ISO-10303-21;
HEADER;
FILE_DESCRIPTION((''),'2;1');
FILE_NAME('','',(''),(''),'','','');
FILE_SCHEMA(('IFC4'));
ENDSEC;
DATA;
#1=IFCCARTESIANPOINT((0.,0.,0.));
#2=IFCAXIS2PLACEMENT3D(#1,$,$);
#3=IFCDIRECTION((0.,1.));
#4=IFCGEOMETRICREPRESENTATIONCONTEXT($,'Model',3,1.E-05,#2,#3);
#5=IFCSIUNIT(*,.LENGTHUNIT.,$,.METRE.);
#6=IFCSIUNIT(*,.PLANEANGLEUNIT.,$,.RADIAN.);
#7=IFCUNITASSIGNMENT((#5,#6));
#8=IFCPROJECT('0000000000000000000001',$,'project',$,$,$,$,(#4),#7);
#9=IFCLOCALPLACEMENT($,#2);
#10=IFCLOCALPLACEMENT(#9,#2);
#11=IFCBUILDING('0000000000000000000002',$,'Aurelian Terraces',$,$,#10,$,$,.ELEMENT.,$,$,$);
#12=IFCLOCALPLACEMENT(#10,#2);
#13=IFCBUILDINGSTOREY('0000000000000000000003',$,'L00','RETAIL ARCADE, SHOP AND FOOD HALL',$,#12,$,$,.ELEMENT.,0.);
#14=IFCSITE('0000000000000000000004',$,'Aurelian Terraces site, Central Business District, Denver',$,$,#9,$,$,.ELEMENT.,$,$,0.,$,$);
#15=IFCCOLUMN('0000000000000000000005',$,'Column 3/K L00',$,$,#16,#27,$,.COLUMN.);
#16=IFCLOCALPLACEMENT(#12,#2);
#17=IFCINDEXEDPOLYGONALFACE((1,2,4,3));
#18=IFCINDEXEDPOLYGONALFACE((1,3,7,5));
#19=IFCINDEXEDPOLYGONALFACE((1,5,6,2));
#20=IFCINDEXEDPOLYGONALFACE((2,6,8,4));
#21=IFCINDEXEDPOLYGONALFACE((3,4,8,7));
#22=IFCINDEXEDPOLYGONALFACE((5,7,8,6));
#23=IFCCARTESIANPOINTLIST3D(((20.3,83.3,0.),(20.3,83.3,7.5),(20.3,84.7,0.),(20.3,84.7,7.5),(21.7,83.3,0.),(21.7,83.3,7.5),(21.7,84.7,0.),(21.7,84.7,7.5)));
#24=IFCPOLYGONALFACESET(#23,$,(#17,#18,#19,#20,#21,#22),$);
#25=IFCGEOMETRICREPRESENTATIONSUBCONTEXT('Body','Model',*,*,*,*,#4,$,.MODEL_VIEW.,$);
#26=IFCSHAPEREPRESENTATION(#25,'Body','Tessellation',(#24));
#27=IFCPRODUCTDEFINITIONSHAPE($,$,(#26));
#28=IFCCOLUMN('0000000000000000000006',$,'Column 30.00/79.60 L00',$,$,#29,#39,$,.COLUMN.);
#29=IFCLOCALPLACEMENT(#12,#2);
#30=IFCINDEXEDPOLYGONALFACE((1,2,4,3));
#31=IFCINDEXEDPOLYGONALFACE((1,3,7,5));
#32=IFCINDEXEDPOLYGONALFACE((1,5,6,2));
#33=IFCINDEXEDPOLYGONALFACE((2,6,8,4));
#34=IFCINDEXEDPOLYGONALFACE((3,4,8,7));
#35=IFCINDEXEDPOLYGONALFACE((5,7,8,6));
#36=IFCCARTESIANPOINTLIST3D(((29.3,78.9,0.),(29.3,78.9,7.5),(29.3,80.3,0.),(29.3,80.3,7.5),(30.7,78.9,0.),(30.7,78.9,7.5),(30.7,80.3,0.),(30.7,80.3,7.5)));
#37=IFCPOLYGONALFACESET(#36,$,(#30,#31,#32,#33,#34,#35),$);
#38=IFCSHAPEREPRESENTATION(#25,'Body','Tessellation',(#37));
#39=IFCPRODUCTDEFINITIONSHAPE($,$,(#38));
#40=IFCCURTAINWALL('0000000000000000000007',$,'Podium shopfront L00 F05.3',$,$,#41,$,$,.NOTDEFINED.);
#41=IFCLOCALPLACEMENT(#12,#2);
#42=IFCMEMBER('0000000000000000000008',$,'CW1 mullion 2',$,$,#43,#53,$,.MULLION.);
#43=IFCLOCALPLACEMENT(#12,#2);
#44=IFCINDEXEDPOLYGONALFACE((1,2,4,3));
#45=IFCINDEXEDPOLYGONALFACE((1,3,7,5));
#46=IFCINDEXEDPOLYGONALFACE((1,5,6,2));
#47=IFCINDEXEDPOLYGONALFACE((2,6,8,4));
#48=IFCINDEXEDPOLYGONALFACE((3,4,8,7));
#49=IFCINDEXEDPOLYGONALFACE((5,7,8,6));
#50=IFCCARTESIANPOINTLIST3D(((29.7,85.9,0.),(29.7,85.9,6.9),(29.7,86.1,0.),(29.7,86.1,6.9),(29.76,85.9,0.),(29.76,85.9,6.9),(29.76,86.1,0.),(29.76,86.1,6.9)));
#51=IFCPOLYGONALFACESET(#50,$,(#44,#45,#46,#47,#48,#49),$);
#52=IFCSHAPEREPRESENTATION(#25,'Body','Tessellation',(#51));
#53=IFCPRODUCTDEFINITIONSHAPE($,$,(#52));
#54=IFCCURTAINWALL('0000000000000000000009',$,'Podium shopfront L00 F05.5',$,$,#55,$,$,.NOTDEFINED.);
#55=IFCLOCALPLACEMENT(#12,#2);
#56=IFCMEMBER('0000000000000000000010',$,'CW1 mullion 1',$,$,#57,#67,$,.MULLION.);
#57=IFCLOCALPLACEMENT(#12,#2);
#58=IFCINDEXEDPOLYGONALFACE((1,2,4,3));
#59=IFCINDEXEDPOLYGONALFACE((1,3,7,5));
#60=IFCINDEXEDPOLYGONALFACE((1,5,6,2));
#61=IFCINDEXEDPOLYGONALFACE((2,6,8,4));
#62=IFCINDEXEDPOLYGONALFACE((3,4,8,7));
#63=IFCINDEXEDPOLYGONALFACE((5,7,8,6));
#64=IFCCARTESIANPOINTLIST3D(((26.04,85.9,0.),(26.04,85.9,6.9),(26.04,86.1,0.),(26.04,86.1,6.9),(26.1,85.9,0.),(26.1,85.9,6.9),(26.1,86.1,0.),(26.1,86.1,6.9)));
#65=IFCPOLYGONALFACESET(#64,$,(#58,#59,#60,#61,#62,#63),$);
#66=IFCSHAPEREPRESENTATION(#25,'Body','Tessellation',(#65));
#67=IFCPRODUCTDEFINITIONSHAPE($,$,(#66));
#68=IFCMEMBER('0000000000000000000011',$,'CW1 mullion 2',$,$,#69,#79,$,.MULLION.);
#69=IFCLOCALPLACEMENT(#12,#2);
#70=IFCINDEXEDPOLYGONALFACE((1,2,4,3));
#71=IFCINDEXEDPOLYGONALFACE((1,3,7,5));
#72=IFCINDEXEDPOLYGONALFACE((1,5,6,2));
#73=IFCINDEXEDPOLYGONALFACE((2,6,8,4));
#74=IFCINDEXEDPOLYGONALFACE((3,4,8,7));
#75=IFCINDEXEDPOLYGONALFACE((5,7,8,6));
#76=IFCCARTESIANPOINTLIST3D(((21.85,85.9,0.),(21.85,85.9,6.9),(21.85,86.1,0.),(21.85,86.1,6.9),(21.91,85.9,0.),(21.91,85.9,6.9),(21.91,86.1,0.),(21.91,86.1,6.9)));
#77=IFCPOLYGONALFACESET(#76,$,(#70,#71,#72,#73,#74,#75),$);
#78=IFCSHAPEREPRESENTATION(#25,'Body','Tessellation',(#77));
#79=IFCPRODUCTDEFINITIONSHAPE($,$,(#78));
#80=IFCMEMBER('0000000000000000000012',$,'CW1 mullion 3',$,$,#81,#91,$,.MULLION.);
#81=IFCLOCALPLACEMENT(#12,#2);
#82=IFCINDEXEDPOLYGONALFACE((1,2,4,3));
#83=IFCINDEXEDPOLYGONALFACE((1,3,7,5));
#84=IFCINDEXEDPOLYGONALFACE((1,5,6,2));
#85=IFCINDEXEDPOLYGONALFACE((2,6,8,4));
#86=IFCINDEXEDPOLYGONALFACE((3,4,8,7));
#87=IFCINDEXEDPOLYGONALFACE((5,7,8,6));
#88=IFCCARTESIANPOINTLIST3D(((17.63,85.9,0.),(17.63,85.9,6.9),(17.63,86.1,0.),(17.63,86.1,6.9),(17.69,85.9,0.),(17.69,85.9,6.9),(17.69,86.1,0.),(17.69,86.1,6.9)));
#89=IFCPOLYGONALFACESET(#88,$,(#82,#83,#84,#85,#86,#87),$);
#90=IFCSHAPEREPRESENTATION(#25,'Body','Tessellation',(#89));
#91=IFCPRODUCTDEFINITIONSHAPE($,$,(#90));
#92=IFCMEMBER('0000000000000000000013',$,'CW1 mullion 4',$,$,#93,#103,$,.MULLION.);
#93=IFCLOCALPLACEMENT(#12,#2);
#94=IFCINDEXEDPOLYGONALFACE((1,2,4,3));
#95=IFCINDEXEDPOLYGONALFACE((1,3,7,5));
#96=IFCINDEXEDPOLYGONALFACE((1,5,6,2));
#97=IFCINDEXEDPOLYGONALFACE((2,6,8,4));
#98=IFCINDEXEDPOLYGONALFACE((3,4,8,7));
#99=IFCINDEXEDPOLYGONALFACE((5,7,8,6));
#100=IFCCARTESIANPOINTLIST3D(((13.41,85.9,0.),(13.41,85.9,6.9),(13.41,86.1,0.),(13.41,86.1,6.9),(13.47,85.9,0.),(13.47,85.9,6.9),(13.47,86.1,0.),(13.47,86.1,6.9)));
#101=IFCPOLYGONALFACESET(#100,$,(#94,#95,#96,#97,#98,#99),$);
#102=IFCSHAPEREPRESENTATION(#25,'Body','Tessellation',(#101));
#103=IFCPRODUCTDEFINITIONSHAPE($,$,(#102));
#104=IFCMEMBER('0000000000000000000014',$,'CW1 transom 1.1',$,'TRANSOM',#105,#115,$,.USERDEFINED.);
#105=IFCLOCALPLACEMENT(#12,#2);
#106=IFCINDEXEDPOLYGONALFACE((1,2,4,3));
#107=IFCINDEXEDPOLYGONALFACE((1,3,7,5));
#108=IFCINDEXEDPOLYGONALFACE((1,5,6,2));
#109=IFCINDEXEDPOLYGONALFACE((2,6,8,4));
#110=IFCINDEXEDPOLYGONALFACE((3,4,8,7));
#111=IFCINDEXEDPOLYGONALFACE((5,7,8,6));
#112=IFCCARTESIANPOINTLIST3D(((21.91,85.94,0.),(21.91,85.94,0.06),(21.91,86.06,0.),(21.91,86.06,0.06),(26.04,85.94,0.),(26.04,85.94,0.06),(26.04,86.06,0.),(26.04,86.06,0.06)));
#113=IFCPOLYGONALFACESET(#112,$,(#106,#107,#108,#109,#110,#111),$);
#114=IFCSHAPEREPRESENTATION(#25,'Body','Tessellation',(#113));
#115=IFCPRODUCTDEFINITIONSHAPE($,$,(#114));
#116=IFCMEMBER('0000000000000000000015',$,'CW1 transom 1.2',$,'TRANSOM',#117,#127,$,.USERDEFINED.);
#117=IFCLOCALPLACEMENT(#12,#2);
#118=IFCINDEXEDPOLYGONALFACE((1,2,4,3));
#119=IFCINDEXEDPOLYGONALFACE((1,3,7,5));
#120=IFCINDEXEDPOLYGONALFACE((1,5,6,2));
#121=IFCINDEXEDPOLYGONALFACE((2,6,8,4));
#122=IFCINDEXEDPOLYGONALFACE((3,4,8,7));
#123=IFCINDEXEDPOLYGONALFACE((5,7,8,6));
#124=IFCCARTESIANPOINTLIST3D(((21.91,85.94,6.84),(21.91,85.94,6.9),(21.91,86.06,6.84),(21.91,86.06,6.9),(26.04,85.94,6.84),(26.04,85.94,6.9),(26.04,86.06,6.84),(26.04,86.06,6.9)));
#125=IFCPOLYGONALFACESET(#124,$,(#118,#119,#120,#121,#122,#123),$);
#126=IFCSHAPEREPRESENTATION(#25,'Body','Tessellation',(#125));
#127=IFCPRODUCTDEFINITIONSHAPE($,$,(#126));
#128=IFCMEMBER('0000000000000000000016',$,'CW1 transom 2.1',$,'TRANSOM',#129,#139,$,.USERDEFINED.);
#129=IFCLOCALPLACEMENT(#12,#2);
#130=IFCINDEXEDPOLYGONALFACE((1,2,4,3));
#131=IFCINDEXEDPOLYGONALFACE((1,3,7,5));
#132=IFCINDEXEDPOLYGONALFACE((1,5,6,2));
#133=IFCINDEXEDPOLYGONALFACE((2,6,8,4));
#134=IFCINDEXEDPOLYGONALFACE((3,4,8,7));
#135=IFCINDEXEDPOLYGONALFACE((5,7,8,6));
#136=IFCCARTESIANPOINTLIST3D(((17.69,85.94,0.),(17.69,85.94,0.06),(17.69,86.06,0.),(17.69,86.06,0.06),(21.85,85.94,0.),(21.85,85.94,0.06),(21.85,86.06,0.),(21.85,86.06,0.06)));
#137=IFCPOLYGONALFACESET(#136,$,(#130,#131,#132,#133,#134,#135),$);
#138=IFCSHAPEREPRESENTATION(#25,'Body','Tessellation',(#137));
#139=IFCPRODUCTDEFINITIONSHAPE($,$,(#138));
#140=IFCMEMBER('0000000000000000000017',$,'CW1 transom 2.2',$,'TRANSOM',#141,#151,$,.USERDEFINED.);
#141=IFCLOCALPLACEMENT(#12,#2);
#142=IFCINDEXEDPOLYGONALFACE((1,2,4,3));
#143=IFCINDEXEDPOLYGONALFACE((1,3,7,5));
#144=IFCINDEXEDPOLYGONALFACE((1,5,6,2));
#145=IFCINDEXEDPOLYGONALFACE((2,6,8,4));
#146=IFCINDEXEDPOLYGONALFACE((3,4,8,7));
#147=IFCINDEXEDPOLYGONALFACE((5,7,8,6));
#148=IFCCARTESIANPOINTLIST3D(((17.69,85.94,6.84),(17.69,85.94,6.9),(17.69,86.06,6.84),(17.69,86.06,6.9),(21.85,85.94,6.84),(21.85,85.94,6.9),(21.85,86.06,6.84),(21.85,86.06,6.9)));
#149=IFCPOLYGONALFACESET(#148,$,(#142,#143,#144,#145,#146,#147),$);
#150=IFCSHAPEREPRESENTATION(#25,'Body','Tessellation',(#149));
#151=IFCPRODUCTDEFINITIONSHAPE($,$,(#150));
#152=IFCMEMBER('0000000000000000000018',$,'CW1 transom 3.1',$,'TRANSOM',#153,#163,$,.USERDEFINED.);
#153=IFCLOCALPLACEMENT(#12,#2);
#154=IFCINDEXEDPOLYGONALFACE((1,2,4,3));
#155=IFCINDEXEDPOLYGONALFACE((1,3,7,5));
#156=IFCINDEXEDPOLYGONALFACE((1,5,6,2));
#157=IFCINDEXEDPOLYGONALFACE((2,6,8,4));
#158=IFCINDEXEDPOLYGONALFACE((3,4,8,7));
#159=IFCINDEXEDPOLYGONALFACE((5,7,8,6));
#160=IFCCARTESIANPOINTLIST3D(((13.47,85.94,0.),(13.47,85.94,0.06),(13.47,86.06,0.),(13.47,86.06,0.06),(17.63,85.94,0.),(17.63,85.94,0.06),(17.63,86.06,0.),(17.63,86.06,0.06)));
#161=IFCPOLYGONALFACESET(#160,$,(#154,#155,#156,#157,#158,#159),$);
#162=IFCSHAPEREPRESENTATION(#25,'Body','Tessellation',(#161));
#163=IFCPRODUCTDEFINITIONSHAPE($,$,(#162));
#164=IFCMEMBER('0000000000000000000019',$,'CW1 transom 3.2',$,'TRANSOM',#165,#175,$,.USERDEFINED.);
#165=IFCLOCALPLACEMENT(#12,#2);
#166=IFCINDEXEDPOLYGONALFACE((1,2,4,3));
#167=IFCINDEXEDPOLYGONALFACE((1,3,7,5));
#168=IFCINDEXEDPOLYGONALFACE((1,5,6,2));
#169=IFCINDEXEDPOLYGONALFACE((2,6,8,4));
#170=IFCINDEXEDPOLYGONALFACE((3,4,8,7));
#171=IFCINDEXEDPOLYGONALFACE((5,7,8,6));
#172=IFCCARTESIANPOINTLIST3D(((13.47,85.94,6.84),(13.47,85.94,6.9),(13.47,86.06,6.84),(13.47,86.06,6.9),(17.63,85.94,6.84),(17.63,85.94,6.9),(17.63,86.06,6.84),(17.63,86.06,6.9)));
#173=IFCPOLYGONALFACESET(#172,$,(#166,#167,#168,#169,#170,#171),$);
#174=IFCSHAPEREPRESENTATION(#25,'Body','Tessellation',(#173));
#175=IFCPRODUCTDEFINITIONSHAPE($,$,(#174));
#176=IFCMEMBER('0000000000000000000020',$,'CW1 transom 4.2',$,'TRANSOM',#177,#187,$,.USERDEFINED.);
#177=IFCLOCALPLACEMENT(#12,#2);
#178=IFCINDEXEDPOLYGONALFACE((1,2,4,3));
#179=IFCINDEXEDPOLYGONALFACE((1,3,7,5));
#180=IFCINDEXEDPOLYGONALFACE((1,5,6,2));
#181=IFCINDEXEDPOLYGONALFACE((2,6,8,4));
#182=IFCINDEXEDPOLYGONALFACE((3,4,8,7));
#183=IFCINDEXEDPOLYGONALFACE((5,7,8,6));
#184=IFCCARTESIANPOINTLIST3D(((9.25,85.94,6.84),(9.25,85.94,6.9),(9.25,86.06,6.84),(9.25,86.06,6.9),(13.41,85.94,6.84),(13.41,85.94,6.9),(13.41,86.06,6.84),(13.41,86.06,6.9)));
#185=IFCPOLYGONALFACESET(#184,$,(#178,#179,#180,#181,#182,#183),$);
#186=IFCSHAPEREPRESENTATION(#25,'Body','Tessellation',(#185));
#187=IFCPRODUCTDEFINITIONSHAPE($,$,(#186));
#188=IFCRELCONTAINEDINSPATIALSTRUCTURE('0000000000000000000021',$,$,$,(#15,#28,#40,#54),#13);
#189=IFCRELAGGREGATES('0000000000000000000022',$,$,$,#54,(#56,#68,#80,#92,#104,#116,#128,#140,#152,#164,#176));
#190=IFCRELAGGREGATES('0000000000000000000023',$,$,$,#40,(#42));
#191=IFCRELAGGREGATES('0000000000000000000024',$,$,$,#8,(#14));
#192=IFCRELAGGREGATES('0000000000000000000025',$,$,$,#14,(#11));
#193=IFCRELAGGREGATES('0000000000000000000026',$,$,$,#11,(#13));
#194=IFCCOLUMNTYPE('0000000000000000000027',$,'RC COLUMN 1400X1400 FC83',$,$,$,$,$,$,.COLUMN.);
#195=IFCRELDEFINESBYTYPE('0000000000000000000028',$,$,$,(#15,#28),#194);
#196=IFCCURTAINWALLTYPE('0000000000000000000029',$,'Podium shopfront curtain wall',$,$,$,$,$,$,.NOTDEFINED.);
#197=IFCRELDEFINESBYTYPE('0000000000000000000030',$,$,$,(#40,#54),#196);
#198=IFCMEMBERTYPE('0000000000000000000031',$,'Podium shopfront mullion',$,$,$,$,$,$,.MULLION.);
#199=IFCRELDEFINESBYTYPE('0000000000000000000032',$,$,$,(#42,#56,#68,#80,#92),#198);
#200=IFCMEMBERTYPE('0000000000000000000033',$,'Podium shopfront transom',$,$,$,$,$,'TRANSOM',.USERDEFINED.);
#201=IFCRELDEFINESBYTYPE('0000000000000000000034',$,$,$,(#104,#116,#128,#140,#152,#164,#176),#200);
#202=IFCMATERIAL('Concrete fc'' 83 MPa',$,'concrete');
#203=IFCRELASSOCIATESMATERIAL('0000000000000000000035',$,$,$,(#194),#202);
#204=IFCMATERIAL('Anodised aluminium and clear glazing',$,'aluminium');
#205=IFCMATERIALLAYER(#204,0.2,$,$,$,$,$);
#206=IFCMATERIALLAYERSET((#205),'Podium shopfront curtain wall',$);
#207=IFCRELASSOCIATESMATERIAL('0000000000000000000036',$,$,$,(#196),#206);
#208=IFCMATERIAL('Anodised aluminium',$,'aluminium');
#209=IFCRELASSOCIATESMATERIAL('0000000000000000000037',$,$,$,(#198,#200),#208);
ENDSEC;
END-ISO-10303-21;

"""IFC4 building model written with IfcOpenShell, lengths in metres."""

from ifc_helpers import new_model, si_unit, direction, frame, origin, origin_2d, place, context, subcontext, project, spatial, rectangle, extrude, source, transform, mapped, material, layer, layer_set, material_profile, profile_set, type_object, element, aggregate, save


model = new_model("IFC4")

# Units and contexts
model_context = context("Model", 3, precision=1e-05, world=origin(), true_north=direction((0.0, 1.0)))
body_context = subcontext(model_context, "Body", "Model", "MODEL_VIEW")
ifc_project = project(units=[si_unit("LENGTHUNIT", "METRE"), si_unit("PLANEANGLEUNIT", "RADIAN")], contexts=[model_context])

# Site, building, storey
site_placement = place(None, origin())
site = spatial("IfcSite", under=ifc_project, at=site_placement, Name="Aurelian Terraces site, Central Business District, Denver", CompositionType="ELEMENT", RefElevation=0.0)
building_placement = place(site_placement, origin())
building = spatial("IfcBuilding", under=site, at=building_placement, Name="Aurelian Terraces", CompositionType="ELEMENT")
storey_placement = place(building_placement, origin())
storey = spatial("IfcBuildingStorey", under=building, at=storey_placement, Name="L00", Description="RETAIL ARCADE, SHOP AND FOOD HALL", CompositionType="ELEMENT", Elevation=0.0)

# Columns
ifc_material_1 = material(Name="Concrete fc' 83 MPa", Category="concrete")
ifc_material_profile_1 = material_profile(ifc_material_1, rectangle(XDim=1.4, YDim=1.4, at=origin_2d()))
ifc_profile_set_1 = profile_set([ifc_material_profile_1], Name="Concrete fc' 83 MPa")
column_type = type_object("IfcColumnType", Name="RC COLUMN 1400X1400 FC83", PredefinedType="COLUMN", material=ifc_profile_set_1)
shared_shape_1 = source(origin(), body_context, "Body", "SweptSolid", [
    extrude(rectangle(XDim=1.4, YDim=1.4, at=origin_2d()), origin(), (0.0, 0.0, 1.0), 7.5),
])
for number, where, z_axis, x_axis, name in (
    (1, (21.0, 84.0, 0.0), (0.0, 0.0, 1.0), (1.0, 0.0, 0.0), "Column 3/K L00"),
    (2, (30.0, 79.6, 0.0), (0.0, 0.0, 1.0), (1.0, 0.0, 0.0), "Column 30.00/79.60 L00"),
):
    element("IfcColumn", number, at=place(storey_placement, frame(where, z_axis=z_axis, x_axis=x_axis)), inside=storey, type_object=column_type, Name=name, PredefinedType="COLUMN", context=body_context, shape_type="MappedRepresentation", body=[
        mapped(shared_shape_1, transform((0.0, 0.0, 0.0), scale=1.0)),
    ])

# Curtain wall, member
ifc_material_2 = material(Name="Anodised aluminium and clear glazing", Category="aluminium")
ifc_layer_1 = layer(ifc_material_2, 0.2)
ifc_layer_set_1 = layer_set([ifc_layer_1], Name="Podium shopfront curtain wall")
curtain_wall_type = type_object("IfcCurtainWallType", Name="Podium shopfront curtain wall", PredefinedType="NOTDEFINED", material=ifc_layer_set_1)
curtain_wall_1_placement = place(storey_placement, origin())
curtain_wall_1 = element("IfcCurtainWall", 3, at=curtain_wall_1_placement, inside=storey, type_object=curtain_wall_type, Name="Podium shopfront L00 F05.3", PredefinedType="NOTDEFINED")
ifc_material_3 = material(Name="Anodised aluminium", Category="aluminium")
ifc_material_profile_2 = material_profile(ifc_material_3, rectangle(XDim=0.2, YDim=0.06, at=origin_2d()))
ifc_profile_set_2 = profile_set([ifc_material_profile_2], Name="Anodised aluminium")
member_type_1 = type_object("IfcMemberType", Name="Podium shopfront mullion", PredefinedType="MULLION", material=ifc_profile_set_2)
shared_shape_2 = source(origin(), body_context, "Body", "SweptSolid", [
    extrude(rectangle(XDim=0.2, YDim=0.06, at=origin_2d()), origin(), (0.0, 0.0, 1.0), 6.9),
])
member_1_placement = place(storey_placement, frame((29.73, 86.0, 0.0), z_axis=(0.0, 0.0, 1.0), x_axis=(0.0, -1.0, 0.0)))
member_1 = element("IfcMember", 4, at=member_1_placement, type_object=member_type_1, Name="CW1 mullion 2", PredefinedType="MULLION", context=body_context, shape_type="MappedRepresentation", body=[
    mapped(shared_shape_2, transform((0.0, 0.0, 0.0), scale=1.0)),
])

# Curtain wall, members
curtain_wall_2_placement = place(storey_placement, origin())
curtain_wall_2 = element("IfcCurtainWall", 5, at=curtain_wall_2_placement, inside=storey, type_object=curtain_wall_type, Name="Podium shopfront L00 F05.5", PredefinedType="NOTDEFINED")
member_2_placement = place(storey_placement, frame((26.07, 86.0, 0.0), z_axis=(0.0, 0.0, 1.0), x_axis=(0.0, -1.0, 0.0)))
member_2 = element("IfcMember", 6, at=member_2_placement, type_object=member_type_1, Name="CW1 mullion 1", PredefinedType="MULLION", context=body_context, shape_type="MappedRepresentation", body=[
    mapped(shared_shape_2, transform((0.0, 0.0, 0.0), scale=1.0)),
])
member_3_placement = place(storey_placement, frame((21.88, 86.0, 0.0), z_axis=(0.0, 0.0, 1.0), x_axis=(0.0, -1.0, 0.0)))
member_3 = element("IfcMember", 7, at=member_3_placement, type_object=member_type_1, Name="CW1 mullion 2", PredefinedType="MULLION", context=body_context, shape_type="MappedRepresentation", body=[
    mapped(shared_shape_2, transform((0.0, 0.0, 0.0), scale=1.0)),
])
member_4_placement = place(storey_placement, frame((17.66, 86.0, 0.0), z_axis=(0.0, 0.0, 1.0), x_axis=(0.0, -1.0, 0.0)))
member_4 = element("IfcMember", 8, at=member_4_placement, type_object=member_type_1, Name="CW1 mullion 3", PredefinedType="MULLION", context=body_context, shape_type="MappedRepresentation", body=[
    mapped(shared_shape_2, transform((0.0, 0.0, 0.0), scale=1.0)),
])
member_5_placement = place(storey_placement, frame((13.44, 86.0, 0.0), z_axis=(0.0, 0.0, 1.0), x_axis=(0.0, -1.0, 0.0)))
member_5 = element("IfcMember", 9, at=member_5_placement, type_object=member_type_1, Name="CW1 mullion 4", PredefinedType="MULLION", context=body_context, shape_type="MappedRepresentation", body=[
    mapped(shared_shape_2, transform((0.0, 0.0, 0.0), scale=1.0)),
])
ifc_material_profile_3 = material_profile(ifc_material_3, rectangle(XDim=0.12, YDim=0.06, at=origin_2d()))
ifc_profile_set_3 = profile_set([ifc_material_profile_3], Name="Anodised aluminium")
member_type_2 = type_object("IfcMemberType", Name="Podium shopfront transom", ElementType="TRANSOM", PredefinedType="USERDEFINED", material=ifc_profile_set_3)
shared_shape_3 = source(origin(), body_context, "Body", "SweptSolid", [
    extrude(rectangle(XDim=0.12, YDim=0.06, at=origin_2d()), origin(), (0.0, 0.0, 1.0), 4.13),
])
member_6_placement = place(storey_placement, frame((26.04, 86.0, 0.03), z_axis=(-1.0, 0.0, 0.0), x_axis=(0.0, -1.0, 0.0)))
member_6 = element("IfcMember", 10, at=member_6_placement, type_object=member_type_2, Name="CW1 transom 1.1", ObjectType="TRANSOM", PredefinedType="USERDEFINED", context=body_context, shape_type="MappedRepresentation", body=[
    mapped(shared_shape_3, transform((0.0, 0.0, 0.0), scale=1.0)),
])
member_7_placement = place(storey_placement, frame((26.04, 86.0, 6.87), z_axis=(-1.0, 0.0, 0.0), x_axis=(0.0, -1.0, 0.0)))
member_7 = element("IfcMember", 11, at=member_7_placement, type_object=member_type_2, Name="CW1 transom 1.2", ObjectType="TRANSOM", PredefinedType="USERDEFINED", context=body_context, shape_type="MappedRepresentation", body=[
    mapped(shared_shape_3, transform((0.0, 0.0, 0.0), scale=1.0)),
])
shared_shape_4 = source(origin(), body_context, "Body", "SweptSolid", [
    extrude(rectangle(XDim=0.12, YDim=0.06, at=origin_2d()), origin(), (0.0, 0.0, 1.0), 4.16),
])
member_8_placement = place(storey_placement, frame((21.85, 86.0, 0.03), z_axis=(-1.0, 0.0, 0.0), x_axis=(0.0, -1.0, 0.0)))
member_8 = element("IfcMember", 12, at=member_8_placement, type_object=member_type_2, Name="CW1 transom 2.1", ObjectType="TRANSOM", PredefinedType="USERDEFINED", context=body_context, shape_type="MappedRepresentation", body=[
    mapped(shared_shape_4, transform((0.0, 0.0, 0.0), scale=1.0)),
])
member_9_placement = place(storey_placement, frame((21.85, 86.0, 6.87), z_axis=(-1.0, 0.0, 0.0), x_axis=(0.0, -1.0, 0.0)))
member_9 = element("IfcMember", 13, at=member_9_placement, type_object=member_type_2, Name="CW1 transom 2.2", ObjectType="TRANSOM", PredefinedType="USERDEFINED", context=body_context, shape_type="MappedRepresentation", body=[
    mapped(shared_shape_4, transform((0.0, 0.0, 0.0), scale=1.0)),
])
member_10_placement = place(storey_placement, frame((17.63, 86.0, 0.03), z_axis=(-1.0, 0.0, 0.0), x_axis=(0.0, -1.0, 0.0)))
member_10 = element("IfcMember", 14, at=member_10_placement, type_object=member_type_2, Name="CW1 transom 3.1", ObjectType="TRANSOM", PredefinedType="USERDEFINED", context=body_context, shape_type="MappedRepresentation", body=[
    mapped(shared_shape_4, transform((0.0, 0.0, 0.0), scale=1.0)),
])
member_11_placement = place(storey_placement, frame((17.63, 86.0, 6.87), z_axis=(-1.0, 0.0, 0.0), x_axis=(0.0, -1.0, 0.0)))
member_11 = element("IfcMember", 15, at=member_11_placement, type_object=member_type_2, Name="CW1 transom 3.2", ObjectType="TRANSOM", PredefinedType="USERDEFINED", context=body_context, shape_type="MappedRepresentation", body=[
    mapped(shared_shape_4, transform((0.0, 0.0, 0.0), scale=1.0)),
])
member_12_placement = place(storey_placement, frame((13.41, 86.0, 6.87), z_axis=(-1.0, 0.0, 0.0), x_axis=(0.0, -1.0, 0.0)))
member_12 = element("IfcMember", 16, at=member_12_placement, type_object=member_type_2, Name="CW1 transom 4.2", ObjectType="TRANSOM", PredefinedType="USERDEFINED", context=body_context, shape_type="MappedRepresentation", body=[
    mapped(shared_shape_4, transform((0.0, 0.0, 0.0), scale=1.0)),
])

aggregate(curtain_wall_2, [member_2, member_3, member_4, member_5, member_6, member_7, member_8, member_9, member_10, member_11, member_12])
aggregate(curtain_wall_1, [member_1])

save(model, "model.ifc")
